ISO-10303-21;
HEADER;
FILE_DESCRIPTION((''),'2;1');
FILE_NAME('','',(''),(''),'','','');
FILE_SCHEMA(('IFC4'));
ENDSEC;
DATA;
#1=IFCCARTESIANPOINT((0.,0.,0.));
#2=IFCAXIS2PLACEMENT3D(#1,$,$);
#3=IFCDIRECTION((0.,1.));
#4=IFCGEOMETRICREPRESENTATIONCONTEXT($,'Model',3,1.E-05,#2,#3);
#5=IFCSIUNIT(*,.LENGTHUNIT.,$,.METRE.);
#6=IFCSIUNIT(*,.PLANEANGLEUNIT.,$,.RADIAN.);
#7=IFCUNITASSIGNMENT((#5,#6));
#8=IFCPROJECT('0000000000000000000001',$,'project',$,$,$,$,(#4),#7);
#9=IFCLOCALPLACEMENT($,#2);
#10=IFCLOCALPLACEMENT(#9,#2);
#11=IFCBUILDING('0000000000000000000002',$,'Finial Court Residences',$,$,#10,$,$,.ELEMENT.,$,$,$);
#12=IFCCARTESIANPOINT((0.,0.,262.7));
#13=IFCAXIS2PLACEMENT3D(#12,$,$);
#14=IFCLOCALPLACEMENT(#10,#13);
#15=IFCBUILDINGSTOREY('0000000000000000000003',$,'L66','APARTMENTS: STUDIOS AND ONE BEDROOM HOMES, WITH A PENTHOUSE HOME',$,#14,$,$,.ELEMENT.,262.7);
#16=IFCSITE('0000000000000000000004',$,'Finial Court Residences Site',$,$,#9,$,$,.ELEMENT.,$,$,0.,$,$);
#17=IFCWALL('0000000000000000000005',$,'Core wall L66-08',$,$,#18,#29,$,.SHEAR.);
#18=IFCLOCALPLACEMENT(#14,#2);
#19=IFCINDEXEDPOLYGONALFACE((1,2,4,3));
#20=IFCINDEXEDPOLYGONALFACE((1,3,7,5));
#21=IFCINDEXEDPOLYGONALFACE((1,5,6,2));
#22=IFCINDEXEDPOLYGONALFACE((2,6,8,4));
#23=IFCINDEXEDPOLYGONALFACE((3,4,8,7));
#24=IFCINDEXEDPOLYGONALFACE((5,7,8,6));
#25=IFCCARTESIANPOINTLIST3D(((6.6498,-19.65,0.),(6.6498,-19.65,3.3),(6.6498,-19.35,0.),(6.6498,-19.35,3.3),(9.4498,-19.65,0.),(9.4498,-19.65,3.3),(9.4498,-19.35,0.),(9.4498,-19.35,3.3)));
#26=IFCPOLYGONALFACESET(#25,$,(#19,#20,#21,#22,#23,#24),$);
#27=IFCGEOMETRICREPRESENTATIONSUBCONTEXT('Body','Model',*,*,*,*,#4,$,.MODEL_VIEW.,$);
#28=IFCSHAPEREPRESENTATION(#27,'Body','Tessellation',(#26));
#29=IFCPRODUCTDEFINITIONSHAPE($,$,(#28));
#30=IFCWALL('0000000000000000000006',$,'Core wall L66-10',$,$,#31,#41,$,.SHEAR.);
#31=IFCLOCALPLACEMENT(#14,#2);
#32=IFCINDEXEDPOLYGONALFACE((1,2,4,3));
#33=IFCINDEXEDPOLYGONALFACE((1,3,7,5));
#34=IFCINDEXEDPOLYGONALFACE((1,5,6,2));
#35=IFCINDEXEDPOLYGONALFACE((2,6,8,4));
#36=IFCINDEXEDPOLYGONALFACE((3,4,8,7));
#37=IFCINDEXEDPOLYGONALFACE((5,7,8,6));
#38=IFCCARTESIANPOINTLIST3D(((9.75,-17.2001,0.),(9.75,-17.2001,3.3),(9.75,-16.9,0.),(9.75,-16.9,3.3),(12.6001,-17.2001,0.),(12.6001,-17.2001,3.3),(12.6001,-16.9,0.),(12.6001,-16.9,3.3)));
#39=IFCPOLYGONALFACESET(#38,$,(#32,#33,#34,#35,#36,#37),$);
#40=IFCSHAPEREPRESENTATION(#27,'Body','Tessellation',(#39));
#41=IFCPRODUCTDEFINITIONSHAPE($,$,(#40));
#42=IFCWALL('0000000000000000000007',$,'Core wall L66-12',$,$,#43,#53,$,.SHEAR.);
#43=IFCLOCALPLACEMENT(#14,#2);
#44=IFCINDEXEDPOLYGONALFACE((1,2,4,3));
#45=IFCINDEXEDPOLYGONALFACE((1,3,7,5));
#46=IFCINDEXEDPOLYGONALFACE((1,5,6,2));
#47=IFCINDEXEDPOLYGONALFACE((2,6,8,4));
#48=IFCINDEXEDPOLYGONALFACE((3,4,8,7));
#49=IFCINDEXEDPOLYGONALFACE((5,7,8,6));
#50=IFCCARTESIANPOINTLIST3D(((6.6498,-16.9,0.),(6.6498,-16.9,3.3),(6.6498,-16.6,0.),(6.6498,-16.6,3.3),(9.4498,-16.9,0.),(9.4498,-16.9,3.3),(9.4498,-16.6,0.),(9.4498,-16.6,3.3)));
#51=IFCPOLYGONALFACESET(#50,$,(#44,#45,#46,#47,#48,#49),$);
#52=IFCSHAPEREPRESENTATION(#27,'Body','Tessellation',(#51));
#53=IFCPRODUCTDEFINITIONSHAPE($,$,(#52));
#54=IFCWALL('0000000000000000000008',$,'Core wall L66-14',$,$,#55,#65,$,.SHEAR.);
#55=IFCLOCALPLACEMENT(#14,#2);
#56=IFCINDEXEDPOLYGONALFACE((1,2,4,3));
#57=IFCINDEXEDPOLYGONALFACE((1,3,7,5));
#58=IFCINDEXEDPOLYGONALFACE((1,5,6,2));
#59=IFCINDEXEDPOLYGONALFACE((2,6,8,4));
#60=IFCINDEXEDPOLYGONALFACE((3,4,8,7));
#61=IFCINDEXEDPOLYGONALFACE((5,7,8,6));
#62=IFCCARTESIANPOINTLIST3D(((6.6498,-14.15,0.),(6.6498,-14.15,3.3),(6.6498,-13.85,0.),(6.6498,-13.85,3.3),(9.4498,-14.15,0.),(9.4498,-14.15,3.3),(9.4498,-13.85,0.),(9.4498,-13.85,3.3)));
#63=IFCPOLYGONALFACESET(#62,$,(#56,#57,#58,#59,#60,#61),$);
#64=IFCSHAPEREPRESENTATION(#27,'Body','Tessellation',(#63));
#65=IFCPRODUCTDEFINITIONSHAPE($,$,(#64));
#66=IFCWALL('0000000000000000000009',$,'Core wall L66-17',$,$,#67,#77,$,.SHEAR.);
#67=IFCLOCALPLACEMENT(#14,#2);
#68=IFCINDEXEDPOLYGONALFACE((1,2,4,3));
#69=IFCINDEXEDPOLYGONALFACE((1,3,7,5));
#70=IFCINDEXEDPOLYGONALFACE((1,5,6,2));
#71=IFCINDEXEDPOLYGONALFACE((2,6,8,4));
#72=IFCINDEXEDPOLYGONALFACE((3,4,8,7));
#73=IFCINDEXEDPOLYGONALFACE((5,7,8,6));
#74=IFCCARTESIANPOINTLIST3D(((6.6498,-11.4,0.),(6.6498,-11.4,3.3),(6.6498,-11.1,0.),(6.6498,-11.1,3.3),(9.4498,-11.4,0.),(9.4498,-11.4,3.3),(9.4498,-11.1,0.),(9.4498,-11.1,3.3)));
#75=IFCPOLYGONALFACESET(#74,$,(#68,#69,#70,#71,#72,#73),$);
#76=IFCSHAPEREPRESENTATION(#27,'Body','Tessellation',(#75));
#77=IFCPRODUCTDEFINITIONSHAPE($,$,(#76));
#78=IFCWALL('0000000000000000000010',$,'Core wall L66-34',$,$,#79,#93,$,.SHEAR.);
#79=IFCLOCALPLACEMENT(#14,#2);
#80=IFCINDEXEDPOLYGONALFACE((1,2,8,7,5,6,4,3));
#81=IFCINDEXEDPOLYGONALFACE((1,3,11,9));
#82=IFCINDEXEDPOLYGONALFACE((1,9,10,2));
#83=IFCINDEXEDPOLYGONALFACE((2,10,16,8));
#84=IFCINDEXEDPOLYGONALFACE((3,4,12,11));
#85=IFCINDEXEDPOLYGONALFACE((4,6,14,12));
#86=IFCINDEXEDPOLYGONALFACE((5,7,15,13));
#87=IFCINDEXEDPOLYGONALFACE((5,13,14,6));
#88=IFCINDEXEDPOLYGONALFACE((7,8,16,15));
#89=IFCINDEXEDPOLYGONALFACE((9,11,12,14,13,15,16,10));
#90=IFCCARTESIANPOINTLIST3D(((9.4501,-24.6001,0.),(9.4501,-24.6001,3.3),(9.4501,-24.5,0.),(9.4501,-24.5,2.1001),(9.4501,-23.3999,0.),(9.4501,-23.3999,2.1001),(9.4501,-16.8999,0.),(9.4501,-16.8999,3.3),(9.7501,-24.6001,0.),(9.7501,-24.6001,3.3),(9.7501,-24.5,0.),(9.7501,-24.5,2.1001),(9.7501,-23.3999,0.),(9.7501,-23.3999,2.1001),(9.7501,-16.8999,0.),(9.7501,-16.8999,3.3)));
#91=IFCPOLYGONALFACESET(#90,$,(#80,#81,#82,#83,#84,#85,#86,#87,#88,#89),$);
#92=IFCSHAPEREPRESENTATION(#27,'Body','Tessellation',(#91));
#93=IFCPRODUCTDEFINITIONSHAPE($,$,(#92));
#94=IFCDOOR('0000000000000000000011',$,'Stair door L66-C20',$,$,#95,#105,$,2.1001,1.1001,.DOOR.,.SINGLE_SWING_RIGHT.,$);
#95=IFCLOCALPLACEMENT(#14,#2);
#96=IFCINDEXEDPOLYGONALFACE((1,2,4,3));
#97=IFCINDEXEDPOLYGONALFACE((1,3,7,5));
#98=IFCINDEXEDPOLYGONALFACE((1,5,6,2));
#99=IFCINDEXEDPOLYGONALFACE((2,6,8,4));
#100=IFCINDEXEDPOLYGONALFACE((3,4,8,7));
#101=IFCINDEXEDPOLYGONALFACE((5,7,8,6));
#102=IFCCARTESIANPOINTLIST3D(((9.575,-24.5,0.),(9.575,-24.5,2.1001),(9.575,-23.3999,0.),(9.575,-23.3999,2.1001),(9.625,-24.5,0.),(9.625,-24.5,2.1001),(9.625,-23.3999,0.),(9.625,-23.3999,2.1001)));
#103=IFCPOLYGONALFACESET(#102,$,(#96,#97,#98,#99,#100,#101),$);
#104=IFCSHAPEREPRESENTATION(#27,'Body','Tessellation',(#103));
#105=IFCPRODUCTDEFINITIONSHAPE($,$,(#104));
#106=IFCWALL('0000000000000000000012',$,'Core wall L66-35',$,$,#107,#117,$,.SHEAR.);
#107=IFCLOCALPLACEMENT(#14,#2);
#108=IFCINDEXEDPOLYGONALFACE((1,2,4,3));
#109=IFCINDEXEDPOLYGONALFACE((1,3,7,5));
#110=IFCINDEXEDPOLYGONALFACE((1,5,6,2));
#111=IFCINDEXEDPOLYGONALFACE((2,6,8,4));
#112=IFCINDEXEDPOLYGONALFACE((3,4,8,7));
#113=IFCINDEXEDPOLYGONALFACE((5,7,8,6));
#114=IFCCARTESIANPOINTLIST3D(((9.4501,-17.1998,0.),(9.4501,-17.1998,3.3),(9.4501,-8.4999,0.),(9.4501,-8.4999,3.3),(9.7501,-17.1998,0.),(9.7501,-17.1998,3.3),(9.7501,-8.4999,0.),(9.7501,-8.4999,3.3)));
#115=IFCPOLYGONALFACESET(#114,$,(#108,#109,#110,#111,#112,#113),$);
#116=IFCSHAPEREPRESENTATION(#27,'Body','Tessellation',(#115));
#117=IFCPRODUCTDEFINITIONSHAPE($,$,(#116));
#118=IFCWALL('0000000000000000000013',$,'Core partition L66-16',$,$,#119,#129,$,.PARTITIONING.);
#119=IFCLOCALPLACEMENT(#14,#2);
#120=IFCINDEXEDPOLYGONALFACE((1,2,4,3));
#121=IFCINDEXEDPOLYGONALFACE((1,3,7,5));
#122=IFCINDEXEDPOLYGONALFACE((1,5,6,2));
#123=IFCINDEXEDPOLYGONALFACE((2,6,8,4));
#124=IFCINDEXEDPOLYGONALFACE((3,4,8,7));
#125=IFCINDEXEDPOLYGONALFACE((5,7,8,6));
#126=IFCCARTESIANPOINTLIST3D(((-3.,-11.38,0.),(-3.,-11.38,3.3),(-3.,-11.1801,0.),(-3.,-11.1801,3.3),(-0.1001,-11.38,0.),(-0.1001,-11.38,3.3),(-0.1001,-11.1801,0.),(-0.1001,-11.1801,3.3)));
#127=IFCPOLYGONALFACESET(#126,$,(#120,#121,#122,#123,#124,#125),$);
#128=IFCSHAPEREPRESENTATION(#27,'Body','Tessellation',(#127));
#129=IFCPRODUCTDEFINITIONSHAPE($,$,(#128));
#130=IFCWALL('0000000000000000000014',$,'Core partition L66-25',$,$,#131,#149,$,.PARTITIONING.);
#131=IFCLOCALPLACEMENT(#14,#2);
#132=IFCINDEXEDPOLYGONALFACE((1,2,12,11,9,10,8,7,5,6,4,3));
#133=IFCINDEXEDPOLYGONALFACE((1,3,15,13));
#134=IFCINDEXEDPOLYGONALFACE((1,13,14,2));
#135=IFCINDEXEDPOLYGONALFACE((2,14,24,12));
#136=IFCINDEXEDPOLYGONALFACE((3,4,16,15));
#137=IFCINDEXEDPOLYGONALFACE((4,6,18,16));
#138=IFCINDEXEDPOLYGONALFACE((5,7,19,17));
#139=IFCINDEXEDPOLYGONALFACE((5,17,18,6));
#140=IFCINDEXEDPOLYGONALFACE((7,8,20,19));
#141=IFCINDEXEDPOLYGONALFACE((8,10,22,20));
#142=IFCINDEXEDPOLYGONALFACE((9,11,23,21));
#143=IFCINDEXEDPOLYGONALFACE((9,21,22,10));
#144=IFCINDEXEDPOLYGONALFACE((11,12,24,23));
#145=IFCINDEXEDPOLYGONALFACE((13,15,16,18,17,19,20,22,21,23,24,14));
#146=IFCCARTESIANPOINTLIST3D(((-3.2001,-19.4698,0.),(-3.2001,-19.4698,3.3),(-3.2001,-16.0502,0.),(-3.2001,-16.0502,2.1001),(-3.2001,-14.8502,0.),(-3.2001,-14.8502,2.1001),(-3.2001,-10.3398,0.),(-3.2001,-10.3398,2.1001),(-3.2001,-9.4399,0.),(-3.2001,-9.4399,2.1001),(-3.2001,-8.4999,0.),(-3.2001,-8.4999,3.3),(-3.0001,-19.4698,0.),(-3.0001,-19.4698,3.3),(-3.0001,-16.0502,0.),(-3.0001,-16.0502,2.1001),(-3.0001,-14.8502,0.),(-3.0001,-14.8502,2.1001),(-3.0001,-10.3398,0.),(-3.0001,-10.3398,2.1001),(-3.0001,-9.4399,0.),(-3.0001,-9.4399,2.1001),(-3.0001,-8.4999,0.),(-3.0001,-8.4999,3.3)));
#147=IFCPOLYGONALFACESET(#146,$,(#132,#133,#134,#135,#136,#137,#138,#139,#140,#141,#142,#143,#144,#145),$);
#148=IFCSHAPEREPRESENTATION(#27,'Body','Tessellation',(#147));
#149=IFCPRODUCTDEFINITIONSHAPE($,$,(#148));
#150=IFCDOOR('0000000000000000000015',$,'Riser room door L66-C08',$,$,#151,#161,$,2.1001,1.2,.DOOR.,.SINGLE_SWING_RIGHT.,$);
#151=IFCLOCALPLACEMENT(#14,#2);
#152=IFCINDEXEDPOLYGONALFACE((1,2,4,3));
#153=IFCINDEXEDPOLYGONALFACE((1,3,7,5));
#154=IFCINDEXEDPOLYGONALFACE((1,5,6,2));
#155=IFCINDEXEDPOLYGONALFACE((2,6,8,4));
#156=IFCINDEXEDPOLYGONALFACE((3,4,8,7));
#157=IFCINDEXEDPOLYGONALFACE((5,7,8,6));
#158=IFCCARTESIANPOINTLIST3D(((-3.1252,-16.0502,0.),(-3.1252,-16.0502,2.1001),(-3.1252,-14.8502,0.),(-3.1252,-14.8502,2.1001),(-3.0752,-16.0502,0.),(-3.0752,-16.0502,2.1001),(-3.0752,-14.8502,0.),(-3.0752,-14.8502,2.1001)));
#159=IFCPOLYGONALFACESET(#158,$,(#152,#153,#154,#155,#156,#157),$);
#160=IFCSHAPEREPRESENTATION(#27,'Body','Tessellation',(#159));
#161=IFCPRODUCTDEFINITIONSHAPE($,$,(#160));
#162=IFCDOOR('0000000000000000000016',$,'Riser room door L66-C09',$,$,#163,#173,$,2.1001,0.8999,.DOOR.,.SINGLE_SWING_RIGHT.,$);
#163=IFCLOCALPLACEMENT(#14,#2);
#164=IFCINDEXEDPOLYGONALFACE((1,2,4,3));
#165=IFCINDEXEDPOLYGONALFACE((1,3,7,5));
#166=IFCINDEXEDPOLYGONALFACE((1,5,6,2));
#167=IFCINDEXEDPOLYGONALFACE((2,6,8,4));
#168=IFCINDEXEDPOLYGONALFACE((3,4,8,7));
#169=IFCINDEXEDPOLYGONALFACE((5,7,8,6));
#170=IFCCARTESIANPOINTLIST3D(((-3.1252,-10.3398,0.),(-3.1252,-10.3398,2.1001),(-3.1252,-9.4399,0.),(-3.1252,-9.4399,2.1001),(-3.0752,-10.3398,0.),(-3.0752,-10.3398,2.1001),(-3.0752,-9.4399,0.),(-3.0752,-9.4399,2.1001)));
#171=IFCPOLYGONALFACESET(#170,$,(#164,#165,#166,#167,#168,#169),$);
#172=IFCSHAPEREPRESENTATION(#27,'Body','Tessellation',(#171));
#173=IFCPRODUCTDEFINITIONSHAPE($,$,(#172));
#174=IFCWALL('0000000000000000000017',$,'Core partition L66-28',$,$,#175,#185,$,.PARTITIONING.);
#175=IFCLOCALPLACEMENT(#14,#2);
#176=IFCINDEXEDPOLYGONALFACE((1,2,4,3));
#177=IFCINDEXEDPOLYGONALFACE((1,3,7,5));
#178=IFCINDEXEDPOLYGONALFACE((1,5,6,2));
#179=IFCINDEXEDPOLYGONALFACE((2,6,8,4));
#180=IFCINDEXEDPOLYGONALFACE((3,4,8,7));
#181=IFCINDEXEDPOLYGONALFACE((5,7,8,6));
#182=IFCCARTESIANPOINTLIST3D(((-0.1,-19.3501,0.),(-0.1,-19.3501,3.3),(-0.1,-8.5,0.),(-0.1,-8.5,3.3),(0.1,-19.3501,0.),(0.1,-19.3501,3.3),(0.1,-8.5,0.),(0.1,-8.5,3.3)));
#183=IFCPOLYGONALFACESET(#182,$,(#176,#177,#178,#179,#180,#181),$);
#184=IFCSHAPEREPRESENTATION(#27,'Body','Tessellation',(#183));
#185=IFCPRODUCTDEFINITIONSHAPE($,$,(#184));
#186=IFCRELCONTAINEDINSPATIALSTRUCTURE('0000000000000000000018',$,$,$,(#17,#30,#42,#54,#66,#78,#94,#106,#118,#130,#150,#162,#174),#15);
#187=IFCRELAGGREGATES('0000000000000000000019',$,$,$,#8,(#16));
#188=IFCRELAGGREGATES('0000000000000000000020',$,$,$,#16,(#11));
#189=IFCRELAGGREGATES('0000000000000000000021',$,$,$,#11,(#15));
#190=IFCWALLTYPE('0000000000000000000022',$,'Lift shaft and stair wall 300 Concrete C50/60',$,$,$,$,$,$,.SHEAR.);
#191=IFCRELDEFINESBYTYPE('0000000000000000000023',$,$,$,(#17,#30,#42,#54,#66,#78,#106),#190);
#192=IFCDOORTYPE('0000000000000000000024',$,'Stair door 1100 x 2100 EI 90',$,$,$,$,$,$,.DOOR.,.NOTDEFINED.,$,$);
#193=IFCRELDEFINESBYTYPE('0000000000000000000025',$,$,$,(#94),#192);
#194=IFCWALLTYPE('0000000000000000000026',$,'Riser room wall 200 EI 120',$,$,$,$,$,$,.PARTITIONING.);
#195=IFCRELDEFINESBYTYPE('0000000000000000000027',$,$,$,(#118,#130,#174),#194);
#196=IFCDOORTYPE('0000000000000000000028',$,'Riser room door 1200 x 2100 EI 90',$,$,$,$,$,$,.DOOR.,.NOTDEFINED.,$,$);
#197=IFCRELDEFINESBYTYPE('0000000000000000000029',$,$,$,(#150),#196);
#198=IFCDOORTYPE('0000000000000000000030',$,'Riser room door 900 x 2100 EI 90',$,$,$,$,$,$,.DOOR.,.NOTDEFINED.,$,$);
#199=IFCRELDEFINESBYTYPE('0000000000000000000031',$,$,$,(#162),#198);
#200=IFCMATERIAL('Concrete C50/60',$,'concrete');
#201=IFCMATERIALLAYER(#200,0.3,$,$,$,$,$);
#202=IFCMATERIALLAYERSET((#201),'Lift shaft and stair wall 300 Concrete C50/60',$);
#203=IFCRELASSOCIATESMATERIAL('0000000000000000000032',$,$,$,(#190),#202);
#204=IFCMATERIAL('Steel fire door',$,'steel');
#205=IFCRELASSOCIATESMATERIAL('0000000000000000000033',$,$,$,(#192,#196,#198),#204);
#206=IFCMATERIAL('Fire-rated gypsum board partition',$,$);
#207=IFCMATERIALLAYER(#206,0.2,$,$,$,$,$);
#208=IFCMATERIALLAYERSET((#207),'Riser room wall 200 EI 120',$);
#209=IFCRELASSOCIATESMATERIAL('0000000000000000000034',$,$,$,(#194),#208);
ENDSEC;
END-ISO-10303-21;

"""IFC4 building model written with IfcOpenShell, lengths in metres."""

from ifc_helpers import new_model, si_unit, direction, frame, frame_2d, origin, place, context, subcontext, project, spatial, rectangle, extrude, material, layer, layer_set, type_object, element, fill, save


model = new_model("IFC4")

# Units and contexts
model_context = context("Model", 3, precision=1e-05, world=origin(), true_north=direction((0.0, 1.0)))
body_context = subcontext(model_context, "Body", "Model", "MODEL_VIEW")
ifc_project = project(units=[si_unit("LENGTHUNIT", "METRE"), si_unit("PLANEANGLEUNIT", "RADIAN")], contexts=[model_context])

# Site, building, storey
site_placement = place(None, origin())
site = spatial("IfcSite", under=ifc_project, at=site_placement, Name="Finial Court Residences Site", CompositionType="ELEMENT", RefElevation=0.0)
building_placement = place(site_placement, origin())
building = spatial("IfcBuilding", under=site, at=building_placement, Name="Finial Court Residences", CompositionType="ELEMENT")
storey_placement = place(building_placement, frame((0.0, 0.0, 262.7)))
storey = spatial("IfcBuildingStorey", under=building, at=storey_placement, Name="L66", Description="APARTMENTS: STUDIOS AND ONE BEDROOM HOMES, WITH A PENTHOUSE HOME", CompositionType="ELEMENT", Elevation=262.7)

# Shared definitions
ifc_material_1 = material(Name="Concrete C50/60", Category="concrete")

# Shared definitions
ifc_material_2 = material(Name="Fire-rated gypsum board partition")

# Shared definitions
ifc_material_3 = material(Name="Steel fire door", Category="steel")

# Walls
ifc_layer_1 = layer(ifc_material_1, 0.3)
ifc_layer_set_1 = layer_set([ifc_layer_1], Name="Lift shaft and stair wall 300 Concrete C50/60")
wall_type_1 = type_object("IfcWallType", Name="Lift shaft and stair wall 300 Concrete C50/60", PredefinedType="SHEAR", material=ifc_layer_set_1)
wall_1_placement = place(storey_placement, frame((6.6499, -19.5, 0.0), z_axis=(0.0, 0.0, 1.0), x_axis=(1.0, 0.0, 0.0)))
element("IfcWall", 1, at=wall_1_placement, inside=storey, type_object=wall_type_1, Name="Core wall L66-08", PredefinedType="SHEAR", context=body_context, shape_type="SweptSolid", body=[
    extrude(rectangle(XDim=2.8, YDim=0.3, at=frame_2d((1.3999, 0.0))), origin(), (0.0, 0.0, 1.0), 3.3),
])
wall_2_placement = place(storey_placement, frame((9.75, -17.05, 0.0), z_axis=(0.0, 0.0, 1.0), x_axis=(1.0, 0.0, 0.0)))
element("IfcWall", 2, at=wall_2_placement, inside=storey, type_object=wall_type_1, Name="Core wall L66-10", PredefinedType="SHEAR", context=body_context, shape_type="SweptSolid", body=[
    extrude(rectangle(XDim=2.8501, YDim=0.3, at=frame_2d((1.425, 0.0))), origin(), (0.0, 0.0, 1.0), 3.3),
])
for number, where, z_axis, x_axis, name in (
    (3, (6.6499, -16.75, 0.0), (0.0, 0.0, 1.0), (1.0, 0.0, 0.0), "Core wall L66-12"),
    (4, (6.6499, -14.0, 0.0), (0.0, 0.0, 1.0), (1.0, 0.0, 0.0), "Core wall L66-14"),
    (5, (6.6499, -11.25, 0.0), (0.0, 0.0, 1.0), (1.0, 0.0, 0.0), "Core wall L66-17"),
):
    element("IfcWall", number, at=place(storey_placement, frame(where, z_axis=z_axis, x_axis=x_axis)), inside=storey, type_object=wall_type_1, Name=name, PredefinedType="SHEAR", context=body_context, shape_type="SweptSolid", body=[
        extrude(rectangle(XDim=2.8, YDim=0.3, at=frame_2d((1.3999, 0.0))), origin(), (0.0, 0.0, 1.0), 3.3),
    ])

# Wall, opening, door
wall_3_placement = place(storey_placement, frame((9.6001, -16.8999, 0.0), z_axis=(0.0, 0.0, 1.0), x_axis=(0.0, -1.0, 0.0)))
wall_3 = element("IfcWall", 6, at=wall_3_placement, inside=storey, type_object=wall_type_1, Name="Core wall L66-34", PredefinedType="SHEAR", context=body_context, shape_type="SweptSolid", body=[
    extrude(rectangle(XDim=7.7002, YDim=0.3, at=frame_2d((3.8501, 0.0))), origin(), (0.0, 0.0, 1.0), 3.3),
])
opening_1_placement = place(wall_3_placement, frame((6.5, 0.0, 0.0)))
opening_1 = element("IfcOpeningElement", 7, at=opening_1_placement, cuts=wall_3, PredefinedType="OPENING", context=body_context, shape_type="SweptSolid", body=[
    extrude(rectangle(XDim=1.1001, YDim=2.1001, at=frame_2d((0.55, 1.05))), frame((0.0, 0.1599, 0.0), z_axis=(0.0, -1.0, 0.0), x_axis=(1.0, 0.0, 0.0)), (0.0, 0.0, 1.0), 0.3201),
])
door_type_1 = type_object("IfcDoorType", Name="Stair door 1100 x 2100 EI 90", OperationType="NOTDEFINED", PredefinedType="DOOR", material=ifc_material_3)
door_1_placement = place(opening_1_placement, origin())
door_1 = element("IfcDoor", 8, at=door_1_placement, inside=storey, type_object=door_type_1, Name="Stair door L66-C20", OperationType="SINGLE_SWING_RIGHT", OverallHeight=2.1001, OverallWidth=1.1001, PredefinedType="DOOR", context=body_context, shape_type="SweptSolid", body=[
    extrude(rectangle(XDim=1.1001, YDim=2.1001, at=frame_2d((0.55, 1.05))), frame((0.0, 0.0249, 0.0), z_axis=(0.0, -1.0, 0.0), x_axis=(1.0, 0.0, 0.0)), (0.0, 0.0, 1.0), 0.05),
])
fill(opening_1, door_1)

# Walls
wall_4_placement = place(storey_placement, frame((9.6001, -17.2, 0.0), z_axis=(0.0, 0.0, 1.0), x_axis=(0.0, 1.0, 0.0)))
element("IfcWall", 9, at=wall_4_placement, inside=storey, type_object=wall_type_1, Name="Core wall L66-35", PredefinedType="SHEAR", context=body_context, shape_type="SweptSolid", body=[
    extrude(rectangle(XDim=8.7, YDim=0.3, at=frame_2d((4.3501, 0.0))), origin(), (0.0, 0.0, 1.0), 3.3),
])
ifc_layer_2 = layer(ifc_material_2, 0.2)
ifc_layer_set_2 = layer_set([ifc_layer_2], Name="Riser room wall 200 EI 120")
wall_type_2 = type_object("IfcWallType", Name="Riser room wall 200 EI 120", PredefinedType="PARTITIONING", material=ifc_layer_set_2)
wall_5_placement = place(storey_placement, frame((-3.0, -11.28, 0.0), z_axis=(0.0, 0.0, 1.0), x_axis=(1.0, 0.0, 0.0)))
element("IfcWall", 10, at=wall_5_placement, inside=storey, type_object=wall_type_2, Name="Core partition L66-16", PredefinedType="PARTITIONING", context=body_context, shape_type="SweptSolid", body=[
    extrude(rectangle(XDim=2.8999, YDim=0.2, at=frame_2d((1.45, 0.0))), origin(), (0.0, 0.0, 1.0), 3.3),
])

# Wall, openings, doors
wall_6_placement = place(storey_placement, frame((-3.1001, -8.5, 0.0), z_axis=(0.0, 0.0, 1.0), x_axis=(0.0, -1.0, 0.0)))
wall_6 = element("IfcWall", 11, at=wall_6_placement, inside=storey, type_object=wall_type_2, Name="Core partition L66-25", PredefinedType="PARTITIONING", context=body_context, shape_type="SweptSolid", body=[
    extrude(rectangle(XDim=10.97, YDim=0.2, at=frame_2d((5.4849, 0.0))), origin(), (0.0, 0.0, 1.0), 3.3),
])
opening_2_placement = place(wall_6_placement, frame((6.3501, 0.0, 0.0)))
opening_2 = element("IfcOpeningElement", 12, at=opening_2_placement, cuts=wall_6, PredefinedType="OPENING", context=body_context, shape_type="SweptSolid", body=[
    extrude(rectangle(XDim=1.2, YDim=2.1001, at=frame_2d((0.6001, 1.05))), frame((0.0, 0.1099, 0.0), z_axis=(0.0, -1.0, 0.0), x_axis=(1.0, 0.0, 0.0)), (0.0, 0.0, 1.0), 0.22),
])
opening_3_placement = place(wall_6_placement, frame((0.9399, 0.0, 0.0)))
opening_3 = element("IfcOpeningElement", 13, at=opening_3_placement, cuts=wall_6, PredefinedType="OPENING", context=body_context, shape_type="SweptSolid", body=[
    extrude(rectangle(XDim=0.8999, YDim=2.1001, at=frame_2d((0.45, 1.05))), frame((0.0, 0.1099, 0.0), z_axis=(0.0, -1.0, 0.0), x_axis=(1.0, 0.0, 0.0)), (0.0, 0.0, 1.0), 0.22),
])
door_type_2 = type_object("IfcDoorType", Name="Riser room door 1200 x 2100 EI 90", OperationType="NOTDEFINED", PredefinedType="DOOR", material=ifc_material_3)
door_2_placement = place(opening_2_placement, origin())
door_2 = element("IfcDoor", 14, at=door_2_placement, inside=storey, type_object=door_type_2, Name="Riser room door L66-C08", OperationType="SINGLE_SWING_RIGHT", OverallHeight=2.1001, OverallWidth=1.2, PredefinedType="DOOR", context=body_context, shape_type="SweptSolid", body=[
    extrude(rectangle(XDim=1.2, YDim=2.1001, at=frame_2d((0.6001, 1.05))), frame((0.0, 0.0249, 0.0), z_axis=(0.0, -1.0, 0.0), x_axis=(1.0, 0.0, 0.0)), (0.0, 0.0, 1.0), 0.05),
])
fill(opening_2, door_2)
door_type_3 = type_object("IfcDoorType", Name="Riser room door 900 x 2100 EI 90", OperationType="NOTDEFINED", PredefinedType="DOOR", material=ifc_material_3)
door_3_placement = place(opening_3_placement, origin())
door_3 = element("IfcDoor", 15, at=door_3_placement, inside=storey, type_object=door_type_3, Name="Riser room door L66-C09", OperationType="SINGLE_SWING_RIGHT", OverallHeight=2.1001, OverallWidth=0.8999, PredefinedType="DOOR", context=body_context, shape_type="SweptSolid", body=[
    extrude(rectangle(XDim=0.8999, YDim=2.1001, at=frame_2d((0.45, 1.05))), frame((0.0, 0.0249, 0.0), z_axis=(0.0, -1.0, 0.0), x_axis=(1.0, 0.0, 0.0)), (0.0, 0.0, 1.0), 0.05),
])
fill(opening_3, door_3)

# Wall
wall_7_placement = place(storey_placement, frame((0.0, -19.3501, 0.0), z_axis=(0.0, 0.0, 1.0), x_axis=(0.0, 1.0, 0.0)))
element("IfcWall", 16, at=wall_7_placement, inside=storey, type_object=wall_type_2, Name="Core partition L66-28", PredefinedType="PARTITIONING", context=body_context, shape_type="SweptSolid", body=[
    extrude(rectangle(XDim=10.8501, YDim=0.2, at=frame_2d((5.425, 0.0))), origin(), (0.0, 0.0, 1.0), 3.3),
])

save(model, "model.ifc")
